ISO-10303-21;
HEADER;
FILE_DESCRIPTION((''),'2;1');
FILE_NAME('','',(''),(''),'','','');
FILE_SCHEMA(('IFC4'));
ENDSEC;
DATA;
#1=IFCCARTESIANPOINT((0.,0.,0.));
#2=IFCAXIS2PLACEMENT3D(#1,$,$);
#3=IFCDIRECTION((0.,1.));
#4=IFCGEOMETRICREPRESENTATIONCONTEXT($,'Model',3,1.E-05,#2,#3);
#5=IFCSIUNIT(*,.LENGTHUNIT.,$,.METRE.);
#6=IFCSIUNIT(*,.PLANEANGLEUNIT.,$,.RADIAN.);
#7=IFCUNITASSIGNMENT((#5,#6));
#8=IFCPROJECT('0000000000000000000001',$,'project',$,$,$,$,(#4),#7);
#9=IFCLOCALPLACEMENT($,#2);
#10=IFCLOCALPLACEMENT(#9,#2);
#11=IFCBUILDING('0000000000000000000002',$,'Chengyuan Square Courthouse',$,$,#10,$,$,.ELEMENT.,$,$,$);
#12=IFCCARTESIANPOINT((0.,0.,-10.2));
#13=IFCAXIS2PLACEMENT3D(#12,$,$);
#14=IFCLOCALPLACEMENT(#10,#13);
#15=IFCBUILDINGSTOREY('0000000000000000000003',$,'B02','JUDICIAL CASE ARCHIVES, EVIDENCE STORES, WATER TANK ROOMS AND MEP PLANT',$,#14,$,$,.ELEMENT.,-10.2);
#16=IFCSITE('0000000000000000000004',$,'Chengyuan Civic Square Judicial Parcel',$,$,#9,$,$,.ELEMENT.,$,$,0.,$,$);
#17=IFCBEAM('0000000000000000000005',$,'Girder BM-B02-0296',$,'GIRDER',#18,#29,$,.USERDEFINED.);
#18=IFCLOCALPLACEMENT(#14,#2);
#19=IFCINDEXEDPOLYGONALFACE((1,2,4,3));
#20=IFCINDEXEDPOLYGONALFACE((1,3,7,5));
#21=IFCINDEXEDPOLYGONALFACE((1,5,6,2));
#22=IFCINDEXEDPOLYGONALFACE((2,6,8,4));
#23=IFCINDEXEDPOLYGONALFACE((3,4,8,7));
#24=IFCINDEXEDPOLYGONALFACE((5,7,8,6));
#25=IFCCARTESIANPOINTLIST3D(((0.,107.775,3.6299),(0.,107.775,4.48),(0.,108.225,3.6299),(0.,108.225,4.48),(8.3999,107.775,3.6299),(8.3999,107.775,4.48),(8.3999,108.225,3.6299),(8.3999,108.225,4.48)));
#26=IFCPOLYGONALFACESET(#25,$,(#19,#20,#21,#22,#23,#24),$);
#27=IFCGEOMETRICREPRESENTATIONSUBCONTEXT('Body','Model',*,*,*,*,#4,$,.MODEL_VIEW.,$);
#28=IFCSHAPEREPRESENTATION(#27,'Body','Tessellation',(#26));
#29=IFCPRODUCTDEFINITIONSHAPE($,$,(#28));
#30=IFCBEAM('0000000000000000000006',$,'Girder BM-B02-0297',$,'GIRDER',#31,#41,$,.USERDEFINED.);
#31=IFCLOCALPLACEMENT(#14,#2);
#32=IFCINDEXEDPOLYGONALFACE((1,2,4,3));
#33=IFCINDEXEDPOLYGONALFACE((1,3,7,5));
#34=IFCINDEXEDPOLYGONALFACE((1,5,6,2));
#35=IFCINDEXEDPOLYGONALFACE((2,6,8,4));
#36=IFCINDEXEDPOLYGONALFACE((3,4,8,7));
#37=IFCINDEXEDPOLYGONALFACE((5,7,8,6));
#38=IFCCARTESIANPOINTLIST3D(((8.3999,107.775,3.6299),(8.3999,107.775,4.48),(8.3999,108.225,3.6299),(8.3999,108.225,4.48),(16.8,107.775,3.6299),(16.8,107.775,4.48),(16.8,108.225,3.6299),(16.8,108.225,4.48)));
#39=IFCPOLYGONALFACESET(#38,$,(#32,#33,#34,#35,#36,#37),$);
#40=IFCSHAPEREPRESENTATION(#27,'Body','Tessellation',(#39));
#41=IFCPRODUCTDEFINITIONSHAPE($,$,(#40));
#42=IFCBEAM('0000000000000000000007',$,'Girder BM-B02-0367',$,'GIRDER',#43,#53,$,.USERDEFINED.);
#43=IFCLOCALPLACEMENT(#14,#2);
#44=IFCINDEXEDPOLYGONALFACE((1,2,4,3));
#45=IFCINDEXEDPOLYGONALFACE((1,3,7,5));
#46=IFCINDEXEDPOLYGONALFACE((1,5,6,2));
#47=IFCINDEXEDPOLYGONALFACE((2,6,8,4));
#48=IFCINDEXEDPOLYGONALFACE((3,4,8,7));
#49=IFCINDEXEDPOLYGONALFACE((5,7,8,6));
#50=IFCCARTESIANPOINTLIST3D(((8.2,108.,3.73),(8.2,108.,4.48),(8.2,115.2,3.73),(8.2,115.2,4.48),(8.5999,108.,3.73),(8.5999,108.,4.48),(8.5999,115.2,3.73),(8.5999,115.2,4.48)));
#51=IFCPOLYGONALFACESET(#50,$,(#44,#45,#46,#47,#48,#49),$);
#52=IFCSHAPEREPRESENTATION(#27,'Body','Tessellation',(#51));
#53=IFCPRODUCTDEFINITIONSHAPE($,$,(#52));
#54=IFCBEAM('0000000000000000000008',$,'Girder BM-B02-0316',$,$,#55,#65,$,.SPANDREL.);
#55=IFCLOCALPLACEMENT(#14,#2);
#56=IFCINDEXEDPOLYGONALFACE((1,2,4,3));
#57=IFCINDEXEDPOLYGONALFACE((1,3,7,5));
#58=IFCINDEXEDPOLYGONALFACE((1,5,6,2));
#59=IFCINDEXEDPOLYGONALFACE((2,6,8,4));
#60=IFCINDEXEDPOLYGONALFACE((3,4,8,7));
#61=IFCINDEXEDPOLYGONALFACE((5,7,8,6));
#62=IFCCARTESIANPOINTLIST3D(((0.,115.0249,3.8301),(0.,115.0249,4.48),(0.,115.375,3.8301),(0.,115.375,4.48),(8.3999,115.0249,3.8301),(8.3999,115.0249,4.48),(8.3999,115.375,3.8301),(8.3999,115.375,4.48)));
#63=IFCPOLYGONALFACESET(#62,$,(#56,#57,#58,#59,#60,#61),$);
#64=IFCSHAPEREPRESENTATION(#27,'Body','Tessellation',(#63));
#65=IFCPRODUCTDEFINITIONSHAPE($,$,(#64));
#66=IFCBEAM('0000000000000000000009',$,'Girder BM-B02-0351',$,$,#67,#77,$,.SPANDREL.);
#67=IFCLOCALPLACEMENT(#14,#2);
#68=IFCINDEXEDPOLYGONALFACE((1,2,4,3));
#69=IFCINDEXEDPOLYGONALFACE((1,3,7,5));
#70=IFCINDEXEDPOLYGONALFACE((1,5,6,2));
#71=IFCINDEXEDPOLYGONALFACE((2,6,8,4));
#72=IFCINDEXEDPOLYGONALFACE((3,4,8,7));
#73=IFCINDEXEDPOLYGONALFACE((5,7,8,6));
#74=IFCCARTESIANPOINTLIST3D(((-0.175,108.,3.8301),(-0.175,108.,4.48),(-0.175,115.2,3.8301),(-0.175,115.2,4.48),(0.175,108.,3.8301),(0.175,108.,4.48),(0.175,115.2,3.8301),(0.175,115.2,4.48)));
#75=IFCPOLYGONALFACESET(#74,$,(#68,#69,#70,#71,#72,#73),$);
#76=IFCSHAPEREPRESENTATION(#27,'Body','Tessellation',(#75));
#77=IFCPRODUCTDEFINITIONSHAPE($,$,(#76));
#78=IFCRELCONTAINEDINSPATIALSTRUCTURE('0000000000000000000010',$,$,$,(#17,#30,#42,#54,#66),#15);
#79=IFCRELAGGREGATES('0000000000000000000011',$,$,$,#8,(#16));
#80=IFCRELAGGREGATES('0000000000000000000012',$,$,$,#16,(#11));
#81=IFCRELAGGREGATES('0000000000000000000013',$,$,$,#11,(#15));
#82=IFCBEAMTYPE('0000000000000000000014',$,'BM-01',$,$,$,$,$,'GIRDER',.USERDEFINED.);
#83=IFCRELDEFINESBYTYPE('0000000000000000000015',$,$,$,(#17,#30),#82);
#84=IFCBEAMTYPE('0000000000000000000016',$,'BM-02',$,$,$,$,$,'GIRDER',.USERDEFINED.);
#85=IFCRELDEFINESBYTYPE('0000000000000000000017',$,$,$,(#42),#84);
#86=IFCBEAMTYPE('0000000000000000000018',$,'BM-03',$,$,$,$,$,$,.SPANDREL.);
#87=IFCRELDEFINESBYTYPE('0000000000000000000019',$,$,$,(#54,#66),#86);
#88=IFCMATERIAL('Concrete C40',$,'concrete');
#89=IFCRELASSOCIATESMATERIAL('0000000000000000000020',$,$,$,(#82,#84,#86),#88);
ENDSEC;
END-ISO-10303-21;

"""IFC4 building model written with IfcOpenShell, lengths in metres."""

from ifc_helpers import new_model, si_unit, direction, frame, origin, origin_2d, place, context, subcontext, project, spatial, rectangle, extrude, material, material_profile, profile_set, type_object, element, save


model = new_model("IFC4")

# Units and contexts
model_context = context("Model", 3, precision=1e-05, world=origin(), true_north=direction((0.0, 1.0)))
body_context = subcontext(model_context, "Body", "Model", "MODEL_VIEW")
ifc_project = project(units=[si_unit("LENGTHUNIT", "METRE"), si_unit("PLANEANGLEUNIT", "RADIAN")], contexts=[model_context])

# Site, building, storey
site_placement = place(None, origin())
site = spatial("IfcSite", under=ifc_project, at=site_placement, Name="Chengyuan Civic Square Judicial Parcel", CompositionType="ELEMENT", RefElevation=0.0)
building_placement = place(site_placement, origin())
building = spatial("IfcBuilding", under=site, at=building_placement, Name="Chengyuan Square Courthouse", CompositionType="ELEMENT")
storey_placement = place(building_placement, frame((0.0, 0.0, -10.2)))
storey = spatial("IfcBuildingStorey", under=building, at=storey_placement, Name="B02", Description="JUDICIAL CASE ARCHIVES, EVIDENCE STORES, WATER TANK ROOMS AND MEP PLANT", CompositionType="ELEMENT", Elevation=-10.2)

# Shared definitions
ifc_material_1 = material(Name="Concrete C40", Category="concrete")

# Beams
ifc_material_profile_1 = material_profile(ifc_material_1, rectangle(XDim=0.45, YDim=0.8501, at=origin_2d()), Name="RC-BM-450x850")
ifc_profile_set_1 = profile_set([ifc_material_profile_1], Name="Concrete C40")
beam_type_1 = type_object("IfcBeamType", Name="BM-01", ElementType="GIRDER", PredefinedType="USERDEFINED", material=ifc_profile_set_1)
beam_1_placement = place(storey_placement, frame((0.0, 108.0, 4.0549), z_axis=(1.0, 0.0, 0.0), x_axis=(0.0, 1.0, 0.0)))
element("IfcBeam", 1, at=beam_1_placement, inside=storey, type_object=beam_type_1, Name="Girder BM-B02-0296", ObjectType="GIRDER", PredefinedType="USERDEFINED", context=body_context, shape_type="SweptSolid", body=[
    extrude(rectangle(XDim=0.45, YDim=0.8501, at=origin_2d()), origin(), (0.0, 0.0, 1.0), 8.3999),
])
beam_2_placement = place(storey_placement, frame((8.3999, 108.0, 4.0549), z_axis=(1.0, 0.0, 0.0), x_axis=(0.0, 1.0, 0.0)))
element("IfcBeam", 2, at=beam_2_placement, inside=storey, type_object=beam_type_1, Name="Girder BM-B02-0297", ObjectType="GIRDER", PredefinedType="USERDEFINED", context=body_context, shape_type="SweptSolid", body=[
    extrude(rectangle(XDim=0.45, YDim=0.8501, at=origin_2d()), origin(), (0.0, 0.0, 1.0), 8.4001),
])
ifc_material_profile_2 = material_profile(ifc_material_1, rectangle(XDim=0.3999, YDim=0.75, at=origin_2d()), Name="RC-BM-400x750")
ifc_profile_set_2 = profile_set([ifc_material_profile_2], Name="Concrete C40")
beam_type_2 = type_object("IfcBeamType", Name="BM-02", ElementType="GIRDER", PredefinedType="USERDEFINED", material=ifc_profile_set_2)
beam_3_placement = place(storey_placement, frame((8.3999, 108.0, 4.105), z_axis=(0.0, 1.0, 0.0), x_axis=(-1.0, 0.0, 0.0)))
element("IfcBeam", 3, at=beam_3_placement, inside=storey, type_object=beam_type_2, Name="Girder BM-B02-0367", ObjectType="GIRDER", PredefinedType="USERDEFINED", context=body_context, shape_type="SweptSolid", body=[
    extrude(rectangle(XDim=0.3999, YDim=0.75, at=origin_2d()), origin(), (0.0, 0.0, 1.0), 7.2),
])
ifc_material_profile_3 = material_profile(ifc_material_1, rectangle(XDim=0.3501, YDim=0.6499, at=origin_2d()), Name="RC-BM-350x650")
ifc_profile_set_3 = profile_set([ifc_material_profile_3], Name="Concrete C40")
beam_type_3 = type_object("IfcBeamType", Name="BM-03", PredefinedType="SPANDREL", material=ifc_profile_set_3)
beam_4_placement = place(storey_placement, frame((0.0, 115.2, 4.155), z_axis=(1.0, 0.0, 0.0), x_axis=(0.0, 1.0, 0.0)))
element("IfcBeam", 4, at=beam_4_placement, inside=storey, type_object=beam_type_3, Name="Girder BM-B02-0316", PredefinedType="SPANDREL", context=body_context, shape_type="SweptSolid", body=[
    extrude(rectangle(XDim=0.3501, YDim=0.6499, at=origin_2d()), origin(), (0.0, 0.0, 1.0), 8.3999),
])
beam_5_placement = place(storey_placement, frame((0.0, 108.0, 4.155), z_axis=(0.0, 1.0, 0.0), x_axis=(-1.0, 0.0, 0.0)))
element("IfcBeam", 5, at=beam_5_placement, inside=storey, type_object=beam_type_3, Name="Girder BM-B02-0351", PredefinedType="SPANDREL", context=body_context, shape_type="SweptSolid", body=[
    extrude(rectangle(XDim=0.3501, YDim=0.6499, at=origin_2d()), origin(), (0.0, 0.0, 1.0), 7.2),
])

save(model, "model.ifc")
